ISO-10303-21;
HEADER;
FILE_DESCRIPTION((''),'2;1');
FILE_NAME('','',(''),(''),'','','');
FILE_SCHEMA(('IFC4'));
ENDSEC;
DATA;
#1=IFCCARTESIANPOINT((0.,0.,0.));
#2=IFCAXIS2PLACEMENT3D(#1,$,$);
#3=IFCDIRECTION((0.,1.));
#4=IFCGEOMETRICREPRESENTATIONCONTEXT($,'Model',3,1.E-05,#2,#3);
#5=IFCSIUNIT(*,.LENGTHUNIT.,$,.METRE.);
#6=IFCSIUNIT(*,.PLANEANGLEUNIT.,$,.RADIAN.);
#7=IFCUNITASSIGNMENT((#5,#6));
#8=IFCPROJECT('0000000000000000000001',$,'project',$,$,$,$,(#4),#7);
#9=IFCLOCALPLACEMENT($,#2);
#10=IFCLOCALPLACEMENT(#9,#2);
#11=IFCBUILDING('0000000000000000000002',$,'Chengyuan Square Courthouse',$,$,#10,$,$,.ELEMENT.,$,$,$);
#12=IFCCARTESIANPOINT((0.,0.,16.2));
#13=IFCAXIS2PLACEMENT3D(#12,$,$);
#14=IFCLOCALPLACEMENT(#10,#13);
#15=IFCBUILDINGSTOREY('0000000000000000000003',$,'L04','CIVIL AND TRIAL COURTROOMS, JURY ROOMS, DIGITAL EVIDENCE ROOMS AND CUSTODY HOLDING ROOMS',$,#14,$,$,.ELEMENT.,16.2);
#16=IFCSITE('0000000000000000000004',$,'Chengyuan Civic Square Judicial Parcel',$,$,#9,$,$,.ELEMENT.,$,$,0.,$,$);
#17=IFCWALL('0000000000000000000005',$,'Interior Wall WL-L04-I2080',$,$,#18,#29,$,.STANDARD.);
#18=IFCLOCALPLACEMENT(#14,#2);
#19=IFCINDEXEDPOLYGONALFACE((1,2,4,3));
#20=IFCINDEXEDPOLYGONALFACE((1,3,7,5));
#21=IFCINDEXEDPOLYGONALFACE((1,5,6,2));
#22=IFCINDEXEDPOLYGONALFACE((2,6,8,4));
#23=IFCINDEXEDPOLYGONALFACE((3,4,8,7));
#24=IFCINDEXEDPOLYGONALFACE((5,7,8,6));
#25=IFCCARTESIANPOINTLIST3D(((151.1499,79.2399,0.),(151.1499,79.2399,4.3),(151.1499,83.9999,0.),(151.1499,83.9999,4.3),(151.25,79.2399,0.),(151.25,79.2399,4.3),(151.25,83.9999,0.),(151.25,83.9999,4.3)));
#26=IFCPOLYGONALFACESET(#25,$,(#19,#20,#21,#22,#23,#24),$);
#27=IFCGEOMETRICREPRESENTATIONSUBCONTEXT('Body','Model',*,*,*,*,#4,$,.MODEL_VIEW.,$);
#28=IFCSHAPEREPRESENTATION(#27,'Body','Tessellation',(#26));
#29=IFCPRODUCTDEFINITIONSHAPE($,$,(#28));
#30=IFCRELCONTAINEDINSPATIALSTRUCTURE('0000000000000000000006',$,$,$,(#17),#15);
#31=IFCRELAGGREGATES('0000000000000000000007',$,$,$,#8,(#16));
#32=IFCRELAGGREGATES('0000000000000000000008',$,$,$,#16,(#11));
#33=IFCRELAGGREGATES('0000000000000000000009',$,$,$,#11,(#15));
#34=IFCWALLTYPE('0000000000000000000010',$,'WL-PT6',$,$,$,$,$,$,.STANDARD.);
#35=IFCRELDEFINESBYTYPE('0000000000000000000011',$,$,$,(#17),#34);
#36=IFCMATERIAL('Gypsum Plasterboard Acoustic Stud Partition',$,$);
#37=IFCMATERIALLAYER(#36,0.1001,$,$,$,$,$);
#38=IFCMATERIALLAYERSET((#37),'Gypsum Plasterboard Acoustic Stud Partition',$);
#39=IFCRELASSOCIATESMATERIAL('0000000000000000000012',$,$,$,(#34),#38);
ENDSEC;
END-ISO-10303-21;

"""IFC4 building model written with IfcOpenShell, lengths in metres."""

from ifc_helpers import new_model, si_unit, direction, frame, frame_2d, origin, place, context, subcontext, project, spatial, rectangle, extrude, material, layer, layer_set, type_object, element, save


model = new_model("IFC4")

# Units and contexts
model_context = context("Model", 3, precision=1e-05, world=origin(), true_north=direction((0.0, 1.0)))
body_context = subcontext(model_context, "Body", "Model", "MODEL_VIEW")
ifc_project = project(units=[si_unit("LENGTHUNIT", "METRE"), si_unit("PLANEANGLEUNIT", "RADIAN")], contexts=[model_context])

# Site, building, storey
site_placement = place(None, origin())
site = spatial("IfcSite", under=ifc_project, at=site_placement, Name="Chengyuan Civic Square Judicial Parcel", CompositionType="ELEMENT", RefElevation=0.0)
building_placement = place(site_placement, origin())
building = spatial("IfcBuilding", under=site, at=building_placement, Name="Chengyuan Square Courthouse", CompositionType="ELEMENT")
storey_placement = place(building_placement, frame((0.0, 0.0, 16.2)))
storey = spatial("IfcBuildingStorey", under=building, at=storey_placement, Name="L04", Description="CIVIL AND TRIAL COURTROOMS, JURY ROOMS, DIGITAL EVIDENCE ROOMS AND CUSTODY HOLDING ROOMS", CompositionType="ELEMENT", Elevation=16.2)

# Shared definitions
ifc_material_1 = material(Name="Gypsum Plasterboard Acoustic Stud Partition")
ifc_layer_1 = layer(ifc_material_1, 0.1001)
ifc_layer_set_1 = layer_set([ifc_layer_1], Name="Gypsum Plasterboard Acoustic Stud Partition")
wall_type = type_object("IfcWallType", Name="WL-PT6", PredefinedType="STANDARD", material=ifc_layer_set_1)

# Wall
wall_1_placement = place(storey_placement, frame((151.2, 79.24, 0.0), z_axis=(0.0, 0.0, 1.0), x_axis=(0.0, 1.0, 0.0)))
element("IfcWall", 1, at=wall_1_placement, inside=storey, type_object=wall_type, Name="Interior Wall WL-L04-I2080", PredefinedType="STANDARD", context=body_context, shape_type="SweptSolid", body=[
    extrude(rectangle(XDim=4.76, YDim=0.1001, at=frame_2d((2.3799, 0.0))), origin(), (0.0, 0.0, 1.0), 4.3),
])

save(model, "model.ifc")
